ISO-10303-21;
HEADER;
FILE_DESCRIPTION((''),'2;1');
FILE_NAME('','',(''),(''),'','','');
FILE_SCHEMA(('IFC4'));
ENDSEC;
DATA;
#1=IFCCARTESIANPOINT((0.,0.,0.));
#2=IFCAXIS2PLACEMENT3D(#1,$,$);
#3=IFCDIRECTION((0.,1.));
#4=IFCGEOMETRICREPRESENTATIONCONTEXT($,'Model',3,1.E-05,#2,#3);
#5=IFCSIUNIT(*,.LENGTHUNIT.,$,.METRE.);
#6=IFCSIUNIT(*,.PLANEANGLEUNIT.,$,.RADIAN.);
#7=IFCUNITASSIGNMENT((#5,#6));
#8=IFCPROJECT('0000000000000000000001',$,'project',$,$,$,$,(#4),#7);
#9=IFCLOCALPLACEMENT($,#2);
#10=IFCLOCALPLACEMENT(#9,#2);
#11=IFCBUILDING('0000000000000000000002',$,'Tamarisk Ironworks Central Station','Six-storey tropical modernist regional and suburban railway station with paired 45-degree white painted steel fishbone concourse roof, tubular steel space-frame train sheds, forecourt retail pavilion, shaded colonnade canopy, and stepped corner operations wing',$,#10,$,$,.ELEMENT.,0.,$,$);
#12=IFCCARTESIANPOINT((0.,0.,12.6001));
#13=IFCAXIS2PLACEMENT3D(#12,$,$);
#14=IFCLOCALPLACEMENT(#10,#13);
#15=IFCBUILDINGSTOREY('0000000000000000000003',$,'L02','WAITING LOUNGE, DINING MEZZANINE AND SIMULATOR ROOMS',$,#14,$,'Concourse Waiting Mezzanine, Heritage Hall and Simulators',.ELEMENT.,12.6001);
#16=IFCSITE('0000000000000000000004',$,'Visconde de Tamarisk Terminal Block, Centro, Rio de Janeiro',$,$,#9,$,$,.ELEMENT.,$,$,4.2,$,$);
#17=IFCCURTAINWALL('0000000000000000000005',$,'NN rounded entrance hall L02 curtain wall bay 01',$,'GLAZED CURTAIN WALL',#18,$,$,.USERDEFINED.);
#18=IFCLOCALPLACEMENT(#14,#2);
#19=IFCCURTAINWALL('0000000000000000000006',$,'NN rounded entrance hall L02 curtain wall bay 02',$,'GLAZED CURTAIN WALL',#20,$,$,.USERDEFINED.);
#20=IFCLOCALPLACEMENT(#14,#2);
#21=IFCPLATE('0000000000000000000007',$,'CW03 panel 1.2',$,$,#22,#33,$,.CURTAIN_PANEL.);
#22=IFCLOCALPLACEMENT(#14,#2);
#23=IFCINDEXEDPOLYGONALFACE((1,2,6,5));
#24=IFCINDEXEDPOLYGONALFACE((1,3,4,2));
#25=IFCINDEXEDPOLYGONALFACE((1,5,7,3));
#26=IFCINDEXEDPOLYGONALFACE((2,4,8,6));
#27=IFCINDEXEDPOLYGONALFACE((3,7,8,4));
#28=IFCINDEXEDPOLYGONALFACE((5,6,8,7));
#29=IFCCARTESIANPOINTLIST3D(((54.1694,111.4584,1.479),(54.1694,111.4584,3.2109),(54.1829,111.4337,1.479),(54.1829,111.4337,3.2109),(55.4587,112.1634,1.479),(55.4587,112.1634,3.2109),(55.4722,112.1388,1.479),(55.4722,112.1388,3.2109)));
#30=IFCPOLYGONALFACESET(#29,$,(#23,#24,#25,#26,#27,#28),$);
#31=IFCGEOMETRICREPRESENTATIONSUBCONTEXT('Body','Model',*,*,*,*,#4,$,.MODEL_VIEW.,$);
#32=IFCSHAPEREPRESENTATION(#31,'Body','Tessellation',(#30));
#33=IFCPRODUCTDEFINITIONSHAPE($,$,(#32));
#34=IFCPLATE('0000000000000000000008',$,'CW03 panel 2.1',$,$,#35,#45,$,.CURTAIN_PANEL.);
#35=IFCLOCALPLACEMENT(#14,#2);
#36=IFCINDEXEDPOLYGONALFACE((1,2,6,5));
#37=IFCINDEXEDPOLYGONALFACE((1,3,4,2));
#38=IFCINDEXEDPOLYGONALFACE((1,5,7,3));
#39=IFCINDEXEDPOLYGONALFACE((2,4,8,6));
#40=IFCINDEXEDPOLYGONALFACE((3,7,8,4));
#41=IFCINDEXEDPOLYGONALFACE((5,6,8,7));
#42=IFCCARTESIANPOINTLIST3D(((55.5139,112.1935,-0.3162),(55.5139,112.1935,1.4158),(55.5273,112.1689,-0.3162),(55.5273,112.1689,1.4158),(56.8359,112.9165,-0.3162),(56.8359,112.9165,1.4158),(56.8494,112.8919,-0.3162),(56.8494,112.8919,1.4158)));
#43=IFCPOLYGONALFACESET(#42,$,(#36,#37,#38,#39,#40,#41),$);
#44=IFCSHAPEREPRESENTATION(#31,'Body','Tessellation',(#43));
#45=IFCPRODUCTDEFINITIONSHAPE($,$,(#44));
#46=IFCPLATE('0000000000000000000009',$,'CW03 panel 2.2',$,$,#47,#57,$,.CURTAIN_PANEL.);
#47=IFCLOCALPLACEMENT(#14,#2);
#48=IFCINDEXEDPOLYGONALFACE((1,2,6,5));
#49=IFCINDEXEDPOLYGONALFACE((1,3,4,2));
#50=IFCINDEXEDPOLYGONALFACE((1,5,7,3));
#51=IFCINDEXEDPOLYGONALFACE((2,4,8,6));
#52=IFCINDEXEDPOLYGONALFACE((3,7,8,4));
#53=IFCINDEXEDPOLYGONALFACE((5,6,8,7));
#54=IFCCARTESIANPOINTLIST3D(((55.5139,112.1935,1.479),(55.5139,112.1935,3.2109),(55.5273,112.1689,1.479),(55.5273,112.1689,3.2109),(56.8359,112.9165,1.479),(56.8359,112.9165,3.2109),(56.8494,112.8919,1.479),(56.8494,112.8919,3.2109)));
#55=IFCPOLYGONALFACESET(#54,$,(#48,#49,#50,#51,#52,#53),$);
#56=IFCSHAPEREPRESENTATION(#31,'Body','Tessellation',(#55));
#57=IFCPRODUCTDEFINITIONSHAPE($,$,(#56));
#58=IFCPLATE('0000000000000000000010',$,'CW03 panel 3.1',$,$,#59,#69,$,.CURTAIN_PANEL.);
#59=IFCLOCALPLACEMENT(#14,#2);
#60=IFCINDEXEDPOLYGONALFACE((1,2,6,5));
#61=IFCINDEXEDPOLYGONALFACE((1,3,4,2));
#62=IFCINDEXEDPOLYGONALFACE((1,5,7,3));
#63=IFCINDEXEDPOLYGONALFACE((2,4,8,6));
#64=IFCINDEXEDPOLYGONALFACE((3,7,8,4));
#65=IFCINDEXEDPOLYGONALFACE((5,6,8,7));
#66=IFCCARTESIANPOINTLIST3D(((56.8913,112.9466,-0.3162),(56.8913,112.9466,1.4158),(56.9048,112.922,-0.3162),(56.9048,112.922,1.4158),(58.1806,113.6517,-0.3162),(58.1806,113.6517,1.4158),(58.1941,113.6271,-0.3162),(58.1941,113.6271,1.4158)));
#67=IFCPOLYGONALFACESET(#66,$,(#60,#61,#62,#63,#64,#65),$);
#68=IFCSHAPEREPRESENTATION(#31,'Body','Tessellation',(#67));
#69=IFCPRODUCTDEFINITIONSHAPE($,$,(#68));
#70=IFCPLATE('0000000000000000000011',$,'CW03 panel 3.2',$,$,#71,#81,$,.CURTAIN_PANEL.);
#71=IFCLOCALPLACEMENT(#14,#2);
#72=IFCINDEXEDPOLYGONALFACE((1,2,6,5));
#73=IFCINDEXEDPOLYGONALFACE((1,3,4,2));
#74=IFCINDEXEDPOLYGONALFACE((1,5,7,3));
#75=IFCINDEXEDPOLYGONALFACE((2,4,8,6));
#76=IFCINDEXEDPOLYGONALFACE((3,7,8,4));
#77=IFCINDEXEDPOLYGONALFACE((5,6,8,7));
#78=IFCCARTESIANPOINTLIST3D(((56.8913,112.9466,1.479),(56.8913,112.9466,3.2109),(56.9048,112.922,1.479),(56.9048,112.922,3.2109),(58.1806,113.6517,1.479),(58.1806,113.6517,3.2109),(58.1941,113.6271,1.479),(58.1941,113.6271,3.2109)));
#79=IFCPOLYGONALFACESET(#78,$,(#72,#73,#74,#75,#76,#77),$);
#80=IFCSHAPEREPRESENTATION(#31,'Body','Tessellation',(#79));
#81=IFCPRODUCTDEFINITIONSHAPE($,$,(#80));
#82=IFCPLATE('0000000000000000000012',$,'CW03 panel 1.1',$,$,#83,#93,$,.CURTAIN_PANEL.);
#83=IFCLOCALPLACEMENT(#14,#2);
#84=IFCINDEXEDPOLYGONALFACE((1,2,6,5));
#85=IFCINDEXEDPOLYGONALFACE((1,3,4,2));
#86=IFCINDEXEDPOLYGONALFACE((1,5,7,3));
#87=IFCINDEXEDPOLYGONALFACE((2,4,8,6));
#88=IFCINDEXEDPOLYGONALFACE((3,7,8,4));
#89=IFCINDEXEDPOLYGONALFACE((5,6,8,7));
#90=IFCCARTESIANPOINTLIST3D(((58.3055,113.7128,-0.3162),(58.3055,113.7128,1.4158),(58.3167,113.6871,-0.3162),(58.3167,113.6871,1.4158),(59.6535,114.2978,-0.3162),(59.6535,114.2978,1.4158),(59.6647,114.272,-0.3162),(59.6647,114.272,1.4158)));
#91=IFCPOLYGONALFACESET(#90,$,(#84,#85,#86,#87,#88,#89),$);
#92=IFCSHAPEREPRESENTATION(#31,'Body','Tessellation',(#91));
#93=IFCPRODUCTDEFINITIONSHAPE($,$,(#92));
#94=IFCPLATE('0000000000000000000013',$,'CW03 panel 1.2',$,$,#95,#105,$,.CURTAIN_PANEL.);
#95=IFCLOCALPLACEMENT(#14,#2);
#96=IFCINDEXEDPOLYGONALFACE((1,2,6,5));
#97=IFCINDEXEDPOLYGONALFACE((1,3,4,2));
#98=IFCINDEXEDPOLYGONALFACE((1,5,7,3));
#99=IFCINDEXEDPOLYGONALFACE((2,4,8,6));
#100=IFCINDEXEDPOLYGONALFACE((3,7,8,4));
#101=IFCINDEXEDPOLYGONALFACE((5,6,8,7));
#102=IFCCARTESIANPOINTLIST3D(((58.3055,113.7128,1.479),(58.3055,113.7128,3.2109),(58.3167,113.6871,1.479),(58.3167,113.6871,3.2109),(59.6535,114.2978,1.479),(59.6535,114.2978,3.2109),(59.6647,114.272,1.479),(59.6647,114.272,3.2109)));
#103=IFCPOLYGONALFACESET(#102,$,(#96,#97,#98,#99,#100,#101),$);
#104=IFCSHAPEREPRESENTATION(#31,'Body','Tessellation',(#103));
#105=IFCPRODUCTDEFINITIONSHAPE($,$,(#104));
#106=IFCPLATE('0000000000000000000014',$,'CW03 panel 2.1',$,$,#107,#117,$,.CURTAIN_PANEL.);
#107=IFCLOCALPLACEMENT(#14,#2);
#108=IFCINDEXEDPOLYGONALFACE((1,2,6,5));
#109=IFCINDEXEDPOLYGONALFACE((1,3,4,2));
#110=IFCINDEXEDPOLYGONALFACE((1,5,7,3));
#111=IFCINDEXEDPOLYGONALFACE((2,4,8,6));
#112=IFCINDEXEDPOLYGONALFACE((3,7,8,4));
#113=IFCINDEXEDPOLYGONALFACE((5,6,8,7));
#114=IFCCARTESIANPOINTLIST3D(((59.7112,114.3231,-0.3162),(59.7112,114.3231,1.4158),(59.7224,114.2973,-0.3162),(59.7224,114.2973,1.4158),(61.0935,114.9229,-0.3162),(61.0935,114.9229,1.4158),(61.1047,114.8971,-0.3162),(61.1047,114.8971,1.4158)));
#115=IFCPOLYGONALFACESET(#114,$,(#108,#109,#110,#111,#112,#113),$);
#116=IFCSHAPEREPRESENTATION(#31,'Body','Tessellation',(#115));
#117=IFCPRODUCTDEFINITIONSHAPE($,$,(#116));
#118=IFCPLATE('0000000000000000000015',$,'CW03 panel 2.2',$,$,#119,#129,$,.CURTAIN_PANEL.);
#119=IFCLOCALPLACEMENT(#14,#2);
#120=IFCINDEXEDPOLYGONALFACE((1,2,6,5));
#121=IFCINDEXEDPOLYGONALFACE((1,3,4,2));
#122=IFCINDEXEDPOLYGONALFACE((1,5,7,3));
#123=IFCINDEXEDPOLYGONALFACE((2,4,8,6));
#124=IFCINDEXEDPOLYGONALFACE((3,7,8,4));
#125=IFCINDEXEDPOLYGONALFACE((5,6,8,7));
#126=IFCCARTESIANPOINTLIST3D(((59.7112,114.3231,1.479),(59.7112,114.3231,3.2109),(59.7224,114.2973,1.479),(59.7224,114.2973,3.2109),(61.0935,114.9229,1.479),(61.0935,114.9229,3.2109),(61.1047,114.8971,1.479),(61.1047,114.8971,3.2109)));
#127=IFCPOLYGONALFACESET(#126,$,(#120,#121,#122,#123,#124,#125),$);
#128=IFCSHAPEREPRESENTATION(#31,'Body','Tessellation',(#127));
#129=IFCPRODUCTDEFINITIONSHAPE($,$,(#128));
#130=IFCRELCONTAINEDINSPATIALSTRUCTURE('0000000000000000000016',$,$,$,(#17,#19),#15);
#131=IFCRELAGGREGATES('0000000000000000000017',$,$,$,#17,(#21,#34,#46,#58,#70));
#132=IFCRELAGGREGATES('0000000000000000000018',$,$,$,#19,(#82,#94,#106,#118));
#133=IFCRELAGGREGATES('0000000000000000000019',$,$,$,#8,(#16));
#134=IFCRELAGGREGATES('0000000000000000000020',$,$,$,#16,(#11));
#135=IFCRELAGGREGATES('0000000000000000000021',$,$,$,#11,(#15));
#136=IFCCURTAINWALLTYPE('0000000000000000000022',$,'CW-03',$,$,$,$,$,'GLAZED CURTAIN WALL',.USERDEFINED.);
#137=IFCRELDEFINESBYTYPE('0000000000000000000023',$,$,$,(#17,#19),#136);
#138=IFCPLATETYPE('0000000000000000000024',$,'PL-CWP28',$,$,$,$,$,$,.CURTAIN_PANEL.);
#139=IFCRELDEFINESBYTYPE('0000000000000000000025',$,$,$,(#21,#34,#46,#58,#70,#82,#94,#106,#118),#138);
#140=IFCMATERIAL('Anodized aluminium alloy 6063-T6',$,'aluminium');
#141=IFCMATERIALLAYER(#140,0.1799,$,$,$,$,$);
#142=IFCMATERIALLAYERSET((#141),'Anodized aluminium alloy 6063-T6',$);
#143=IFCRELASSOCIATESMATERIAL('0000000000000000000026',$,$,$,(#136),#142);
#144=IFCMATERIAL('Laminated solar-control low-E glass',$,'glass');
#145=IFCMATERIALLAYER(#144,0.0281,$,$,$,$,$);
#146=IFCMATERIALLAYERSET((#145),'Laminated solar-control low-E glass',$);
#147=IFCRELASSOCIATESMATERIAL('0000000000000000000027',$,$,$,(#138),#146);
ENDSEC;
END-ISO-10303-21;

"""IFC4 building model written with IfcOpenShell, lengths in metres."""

from ifc_helpers import new_model, si_unit, direction, frame, origin, origin_2d, place, context, subcontext, project, spatial, rectangle, extrude, material, layer, layer_set, type_object, element, aggregate, save


model = new_model("IFC4")

# Units and contexts
model_context = context("Model", 3, precision=1e-05, world=origin(), true_north=direction((0.0, 1.0)))
body_context = subcontext(model_context, "Body", "Model", "MODEL_VIEW")
ifc_project = project(units=[si_unit("LENGTHUNIT", "METRE"), si_unit("PLANEANGLEUNIT", "RADIAN")], contexts=[model_context])

# Site, building, storey
site_placement = place(None, origin())
site = spatial("IfcSite", under=ifc_project, at=site_placement, Name="Visconde de Tamarisk Terminal Block, Centro, Rio de Janeiro", CompositionType="ELEMENT", RefElevation=4.2)
building_placement = place(site_placement, origin())
building = spatial("IfcBuilding", under=site, at=building_placement, Name="Tamarisk Ironworks Central Station", Description="Six-storey tropical modernist regional and suburban railway station with paired 45-degree white painted steel fishbone concourse roof, tubular steel space-frame train sheds, forecourt retail pavilion, shaded colonnade canopy, and stepped corner operations wing", CompositionType="ELEMENT", ElevationOfRefHeight=0.0)
storey_placement = place(building_placement, frame((0.0, 0.0, 12.6001)))
storey = spatial("IfcBuildingStorey", under=building, at=storey_placement, Name="L02", Description="WAITING LOUNGE, DINING MEZZANINE AND SIMULATOR ROOMS", LongName="Concourse Waiting Mezzanine, Heritage Hall and Simulators", CompositionType="ELEMENT", Elevation=12.6001)

# Curtain walls
ifc_material_1 = material(Name="Anodized aluminium alloy 6063-T6", Category="aluminium")
ifc_layer_1 = layer(ifc_material_1, 0.1799)
ifc_layer_set_1 = layer_set([ifc_layer_1], Name="Anodized aluminium alloy 6063-T6")
curtain_wall_type = type_object("IfcCurtainWallType", Name="CW-03", ElementType="GLAZED CURTAIN WALL", PredefinedType="USERDEFINED", material=ifc_layer_set_1)
curtain_wall_1_placement = place(storey_placement, origin())
curtain_wall_1 = element("IfcCurtainWall", 1, at=curtain_wall_1_placement, inside=storey, type_object=curtain_wall_type, Name="NN rounded entrance hall L02 curtain wall bay 01", ObjectType="GLAZED CURTAIN WALL", PredefinedType="USERDEFINED")
curtain_wall_2_placement = place(storey_placement, origin())
curtain_wall_2 = element("IfcCurtainWall", 2, at=curtain_wall_2_placement, inside=storey, type_object=curtain_wall_type, Name="NN rounded entrance hall L02 curtain wall bay 02", ObjectType="GLAZED CURTAIN WALL", PredefinedType="USERDEFINED")

# Plates
ifc_material_2 = material(Name="Laminated solar-control low-E glass", Category="glass")
ifc_layer_2 = layer(ifc_material_2, 0.0281)
ifc_layer_set_2 = layer_set([ifc_layer_2], Name="Laminated solar-control low-E glass")
plate_type = type_object("IfcPlateType", Name="PL-CWP28", PredefinedType="CURTAIN_PANEL", material=ifc_layer_set_2)
plate_1_placement = place(storey_placement, frame((54.8208, 111.7986, 1.479), z_axis=(0.0, 0.0, 1.0), x_axis=(0.877375, 0.479805, 0.0)))
plate_1 = element("IfcPlate", 3, at=plate_1_placement, type_object=plate_type, Name="CW03 panel 1.2", PredefinedType="CURTAIN_PANEL", context=body_context, shape_type="SweptSolid", body=[
    extrude(rectangle(XDim=1.4695, YDim=0.0281, at=origin_2d()), origin(), (0.0, 0.0, 1.0), 1.7319),
])
plate_2_placement = place(storey_placement, frame((56.1816, 112.5427, -0.3162), z_axis=(0.0, 0.0, 1.0), x_axis=(0.877375, 0.479805, 0.0)))
plate_2 = element("IfcPlate", 4, at=plate_2_placement, type_object=plate_type, Name="CW03 panel 2.1", PredefinedType="CURTAIN_PANEL", context=body_context, shape_type="SweptSolid", body=[
    extrude(rectangle(XDim=1.5068, YDim=0.0281, at=origin_2d()), origin(), (0.0, 0.0, 1.0), 1.7319),
])
plate_3_placement = place(storey_placement, frame((56.1816, 112.5427, 1.479), z_axis=(0.0, 0.0, 1.0), x_axis=(0.877375, 0.479805, 0.0)))
plate_3 = element("IfcPlate", 5, at=plate_3_placement, type_object=plate_type, Name="CW03 panel 2.2", PredefinedType="CURTAIN_PANEL", context=body_context, shape_type="SweptSolid", body=[
    extrude(rectangle(XDim=1.5068, YDim=0.0281, at=origin_2d()), origin(), (0.0, 0.0, 1.0), 1.7319),
])
plate_4_placement = place(storey_placement, frame((57.5427, 113.2869, -0.3162), z_axis=(0.0, 0.0, 1.0), x_axis=(0.877375, 0.479805, 0.0)))
plate_4 = element("IfcPlate", 6, at=plate_4_placement, type_object=plate_type, Name="CW03 panel 3.1", PredefinedType="CURTAIN_PANEL", context=body_context, shape_type="SweptSolid", body=[
    extrude(rectangle(XDim=1.4695, YDim=0.0281, at=origin_2d()), origin(), (0.0, 0.0, 1.0), 1.7319),
])
plate_5_placement = place(storey_placement, frame((57.5427, 113.2869, 1.479), z_axis=(0.0, 0.0, 1.0), x_axis=(0.877375, 0.479805, 0.0)))
plate_5 = element("IfcPlate", 7, at=plate_5_placement, type_object=plate_type, Name="CW03 panel 3.2", PredefinedType="CURTAIN_PANEL", context=body_context, shape_type="SweptSolid", body=[
    extrude(rectangle(XDim=1.4695, YDim=0.0281, at=origin_2d()), origin(), (0.0, 0.0, 1.0), 1.7319),
])
aggregate(curtain_wall_1, [plate_1, plate_2, plate_3, plate_4, plate_5])
plate_6_placement = place(storey_placement, frame((58.9851, 113.9924, -0.3162), z_axis=(0.0, 0.0, 1.0), x_axis=(0.917352, 0.398077, 0.0)))
plate_6 = element("IfcPlate", 8, at=plate_6_placement, type_object=plate_type, Name="CW03 panel 1.1", PredefinedType="CURTAIN_PANEL", context=body_context, shape_type="SweptSolid", body=[
    extrude(rectangle(XDim=1.4695, YDim=0.0281, at=origin_2d()), origin(), (0.0, 0.0, 1.0), 1.7319),
])
plate_7_placement = place(storey_placement, frame((58.9851, 113.9924, 1.479), z_axis=(0.0, 0.0, 1.0), x_axis=(0.917352, 0.398077, 0.0)))
plate_7 = element("IfcPlate", 9, at=plate_7_placement, type_object=plate_type, Name="CW03 panel 1.2", PredefinedType="CURTAIN_PANEL", context=body_context, shape_type="SweptSolid", body=[
    extrude(rectangle(XDim=1.4695, YDim=0.0281, at=origin_2d()), origin(), (0.0, 0.0, 1.0), 1.7319),
])
plate_8_placement = place(storey_placement, frame((60.408, 114.6101, -0.3162), z_axis=(0.0, 0.0, 1.0), x_axis=(0.917352, 0.398077, 0.0)))
plate_8 = element("IfcPlate", 10, at=plate_8_placement, type_object=plate_type, Name="CW03 panel 2.1", PredefinedType="CURTAIN_PANEL", context=body_context, shape_type="SweptSolid", body=[
    extrude(rectangle(XDim=1.5068, YDim=0.0281, at=origin_2d()), origin(), (0.0, 0.0, 1.0), 1.7319),
])
plate_9_placement = place(storey_placement, frame((60.408, 114.6101, 1.479), z_axis=(0.0, 0.0, 1.0), x_axis=(0.917352, 0.398077, 0.0)))
plate_9 = element("IfcPlate", 11, at=plate_9_placement, type_object=plate_type, Name="CW03 panel 2.2", PredefinedType="CURTAIN_PANEL", context=body_context, shape_type="SweptSolid", body=[
    extrude(rectangle(XDim=1.5068, YDim=0.0281, at=origin_2d()), origin(), (0.0, 0.0, 1.0), 1.7319),
])
aggregate(curtain_wall_2, [plate_6, plate_7, plate_8, plate_9])

save(model, "model.ifc")
